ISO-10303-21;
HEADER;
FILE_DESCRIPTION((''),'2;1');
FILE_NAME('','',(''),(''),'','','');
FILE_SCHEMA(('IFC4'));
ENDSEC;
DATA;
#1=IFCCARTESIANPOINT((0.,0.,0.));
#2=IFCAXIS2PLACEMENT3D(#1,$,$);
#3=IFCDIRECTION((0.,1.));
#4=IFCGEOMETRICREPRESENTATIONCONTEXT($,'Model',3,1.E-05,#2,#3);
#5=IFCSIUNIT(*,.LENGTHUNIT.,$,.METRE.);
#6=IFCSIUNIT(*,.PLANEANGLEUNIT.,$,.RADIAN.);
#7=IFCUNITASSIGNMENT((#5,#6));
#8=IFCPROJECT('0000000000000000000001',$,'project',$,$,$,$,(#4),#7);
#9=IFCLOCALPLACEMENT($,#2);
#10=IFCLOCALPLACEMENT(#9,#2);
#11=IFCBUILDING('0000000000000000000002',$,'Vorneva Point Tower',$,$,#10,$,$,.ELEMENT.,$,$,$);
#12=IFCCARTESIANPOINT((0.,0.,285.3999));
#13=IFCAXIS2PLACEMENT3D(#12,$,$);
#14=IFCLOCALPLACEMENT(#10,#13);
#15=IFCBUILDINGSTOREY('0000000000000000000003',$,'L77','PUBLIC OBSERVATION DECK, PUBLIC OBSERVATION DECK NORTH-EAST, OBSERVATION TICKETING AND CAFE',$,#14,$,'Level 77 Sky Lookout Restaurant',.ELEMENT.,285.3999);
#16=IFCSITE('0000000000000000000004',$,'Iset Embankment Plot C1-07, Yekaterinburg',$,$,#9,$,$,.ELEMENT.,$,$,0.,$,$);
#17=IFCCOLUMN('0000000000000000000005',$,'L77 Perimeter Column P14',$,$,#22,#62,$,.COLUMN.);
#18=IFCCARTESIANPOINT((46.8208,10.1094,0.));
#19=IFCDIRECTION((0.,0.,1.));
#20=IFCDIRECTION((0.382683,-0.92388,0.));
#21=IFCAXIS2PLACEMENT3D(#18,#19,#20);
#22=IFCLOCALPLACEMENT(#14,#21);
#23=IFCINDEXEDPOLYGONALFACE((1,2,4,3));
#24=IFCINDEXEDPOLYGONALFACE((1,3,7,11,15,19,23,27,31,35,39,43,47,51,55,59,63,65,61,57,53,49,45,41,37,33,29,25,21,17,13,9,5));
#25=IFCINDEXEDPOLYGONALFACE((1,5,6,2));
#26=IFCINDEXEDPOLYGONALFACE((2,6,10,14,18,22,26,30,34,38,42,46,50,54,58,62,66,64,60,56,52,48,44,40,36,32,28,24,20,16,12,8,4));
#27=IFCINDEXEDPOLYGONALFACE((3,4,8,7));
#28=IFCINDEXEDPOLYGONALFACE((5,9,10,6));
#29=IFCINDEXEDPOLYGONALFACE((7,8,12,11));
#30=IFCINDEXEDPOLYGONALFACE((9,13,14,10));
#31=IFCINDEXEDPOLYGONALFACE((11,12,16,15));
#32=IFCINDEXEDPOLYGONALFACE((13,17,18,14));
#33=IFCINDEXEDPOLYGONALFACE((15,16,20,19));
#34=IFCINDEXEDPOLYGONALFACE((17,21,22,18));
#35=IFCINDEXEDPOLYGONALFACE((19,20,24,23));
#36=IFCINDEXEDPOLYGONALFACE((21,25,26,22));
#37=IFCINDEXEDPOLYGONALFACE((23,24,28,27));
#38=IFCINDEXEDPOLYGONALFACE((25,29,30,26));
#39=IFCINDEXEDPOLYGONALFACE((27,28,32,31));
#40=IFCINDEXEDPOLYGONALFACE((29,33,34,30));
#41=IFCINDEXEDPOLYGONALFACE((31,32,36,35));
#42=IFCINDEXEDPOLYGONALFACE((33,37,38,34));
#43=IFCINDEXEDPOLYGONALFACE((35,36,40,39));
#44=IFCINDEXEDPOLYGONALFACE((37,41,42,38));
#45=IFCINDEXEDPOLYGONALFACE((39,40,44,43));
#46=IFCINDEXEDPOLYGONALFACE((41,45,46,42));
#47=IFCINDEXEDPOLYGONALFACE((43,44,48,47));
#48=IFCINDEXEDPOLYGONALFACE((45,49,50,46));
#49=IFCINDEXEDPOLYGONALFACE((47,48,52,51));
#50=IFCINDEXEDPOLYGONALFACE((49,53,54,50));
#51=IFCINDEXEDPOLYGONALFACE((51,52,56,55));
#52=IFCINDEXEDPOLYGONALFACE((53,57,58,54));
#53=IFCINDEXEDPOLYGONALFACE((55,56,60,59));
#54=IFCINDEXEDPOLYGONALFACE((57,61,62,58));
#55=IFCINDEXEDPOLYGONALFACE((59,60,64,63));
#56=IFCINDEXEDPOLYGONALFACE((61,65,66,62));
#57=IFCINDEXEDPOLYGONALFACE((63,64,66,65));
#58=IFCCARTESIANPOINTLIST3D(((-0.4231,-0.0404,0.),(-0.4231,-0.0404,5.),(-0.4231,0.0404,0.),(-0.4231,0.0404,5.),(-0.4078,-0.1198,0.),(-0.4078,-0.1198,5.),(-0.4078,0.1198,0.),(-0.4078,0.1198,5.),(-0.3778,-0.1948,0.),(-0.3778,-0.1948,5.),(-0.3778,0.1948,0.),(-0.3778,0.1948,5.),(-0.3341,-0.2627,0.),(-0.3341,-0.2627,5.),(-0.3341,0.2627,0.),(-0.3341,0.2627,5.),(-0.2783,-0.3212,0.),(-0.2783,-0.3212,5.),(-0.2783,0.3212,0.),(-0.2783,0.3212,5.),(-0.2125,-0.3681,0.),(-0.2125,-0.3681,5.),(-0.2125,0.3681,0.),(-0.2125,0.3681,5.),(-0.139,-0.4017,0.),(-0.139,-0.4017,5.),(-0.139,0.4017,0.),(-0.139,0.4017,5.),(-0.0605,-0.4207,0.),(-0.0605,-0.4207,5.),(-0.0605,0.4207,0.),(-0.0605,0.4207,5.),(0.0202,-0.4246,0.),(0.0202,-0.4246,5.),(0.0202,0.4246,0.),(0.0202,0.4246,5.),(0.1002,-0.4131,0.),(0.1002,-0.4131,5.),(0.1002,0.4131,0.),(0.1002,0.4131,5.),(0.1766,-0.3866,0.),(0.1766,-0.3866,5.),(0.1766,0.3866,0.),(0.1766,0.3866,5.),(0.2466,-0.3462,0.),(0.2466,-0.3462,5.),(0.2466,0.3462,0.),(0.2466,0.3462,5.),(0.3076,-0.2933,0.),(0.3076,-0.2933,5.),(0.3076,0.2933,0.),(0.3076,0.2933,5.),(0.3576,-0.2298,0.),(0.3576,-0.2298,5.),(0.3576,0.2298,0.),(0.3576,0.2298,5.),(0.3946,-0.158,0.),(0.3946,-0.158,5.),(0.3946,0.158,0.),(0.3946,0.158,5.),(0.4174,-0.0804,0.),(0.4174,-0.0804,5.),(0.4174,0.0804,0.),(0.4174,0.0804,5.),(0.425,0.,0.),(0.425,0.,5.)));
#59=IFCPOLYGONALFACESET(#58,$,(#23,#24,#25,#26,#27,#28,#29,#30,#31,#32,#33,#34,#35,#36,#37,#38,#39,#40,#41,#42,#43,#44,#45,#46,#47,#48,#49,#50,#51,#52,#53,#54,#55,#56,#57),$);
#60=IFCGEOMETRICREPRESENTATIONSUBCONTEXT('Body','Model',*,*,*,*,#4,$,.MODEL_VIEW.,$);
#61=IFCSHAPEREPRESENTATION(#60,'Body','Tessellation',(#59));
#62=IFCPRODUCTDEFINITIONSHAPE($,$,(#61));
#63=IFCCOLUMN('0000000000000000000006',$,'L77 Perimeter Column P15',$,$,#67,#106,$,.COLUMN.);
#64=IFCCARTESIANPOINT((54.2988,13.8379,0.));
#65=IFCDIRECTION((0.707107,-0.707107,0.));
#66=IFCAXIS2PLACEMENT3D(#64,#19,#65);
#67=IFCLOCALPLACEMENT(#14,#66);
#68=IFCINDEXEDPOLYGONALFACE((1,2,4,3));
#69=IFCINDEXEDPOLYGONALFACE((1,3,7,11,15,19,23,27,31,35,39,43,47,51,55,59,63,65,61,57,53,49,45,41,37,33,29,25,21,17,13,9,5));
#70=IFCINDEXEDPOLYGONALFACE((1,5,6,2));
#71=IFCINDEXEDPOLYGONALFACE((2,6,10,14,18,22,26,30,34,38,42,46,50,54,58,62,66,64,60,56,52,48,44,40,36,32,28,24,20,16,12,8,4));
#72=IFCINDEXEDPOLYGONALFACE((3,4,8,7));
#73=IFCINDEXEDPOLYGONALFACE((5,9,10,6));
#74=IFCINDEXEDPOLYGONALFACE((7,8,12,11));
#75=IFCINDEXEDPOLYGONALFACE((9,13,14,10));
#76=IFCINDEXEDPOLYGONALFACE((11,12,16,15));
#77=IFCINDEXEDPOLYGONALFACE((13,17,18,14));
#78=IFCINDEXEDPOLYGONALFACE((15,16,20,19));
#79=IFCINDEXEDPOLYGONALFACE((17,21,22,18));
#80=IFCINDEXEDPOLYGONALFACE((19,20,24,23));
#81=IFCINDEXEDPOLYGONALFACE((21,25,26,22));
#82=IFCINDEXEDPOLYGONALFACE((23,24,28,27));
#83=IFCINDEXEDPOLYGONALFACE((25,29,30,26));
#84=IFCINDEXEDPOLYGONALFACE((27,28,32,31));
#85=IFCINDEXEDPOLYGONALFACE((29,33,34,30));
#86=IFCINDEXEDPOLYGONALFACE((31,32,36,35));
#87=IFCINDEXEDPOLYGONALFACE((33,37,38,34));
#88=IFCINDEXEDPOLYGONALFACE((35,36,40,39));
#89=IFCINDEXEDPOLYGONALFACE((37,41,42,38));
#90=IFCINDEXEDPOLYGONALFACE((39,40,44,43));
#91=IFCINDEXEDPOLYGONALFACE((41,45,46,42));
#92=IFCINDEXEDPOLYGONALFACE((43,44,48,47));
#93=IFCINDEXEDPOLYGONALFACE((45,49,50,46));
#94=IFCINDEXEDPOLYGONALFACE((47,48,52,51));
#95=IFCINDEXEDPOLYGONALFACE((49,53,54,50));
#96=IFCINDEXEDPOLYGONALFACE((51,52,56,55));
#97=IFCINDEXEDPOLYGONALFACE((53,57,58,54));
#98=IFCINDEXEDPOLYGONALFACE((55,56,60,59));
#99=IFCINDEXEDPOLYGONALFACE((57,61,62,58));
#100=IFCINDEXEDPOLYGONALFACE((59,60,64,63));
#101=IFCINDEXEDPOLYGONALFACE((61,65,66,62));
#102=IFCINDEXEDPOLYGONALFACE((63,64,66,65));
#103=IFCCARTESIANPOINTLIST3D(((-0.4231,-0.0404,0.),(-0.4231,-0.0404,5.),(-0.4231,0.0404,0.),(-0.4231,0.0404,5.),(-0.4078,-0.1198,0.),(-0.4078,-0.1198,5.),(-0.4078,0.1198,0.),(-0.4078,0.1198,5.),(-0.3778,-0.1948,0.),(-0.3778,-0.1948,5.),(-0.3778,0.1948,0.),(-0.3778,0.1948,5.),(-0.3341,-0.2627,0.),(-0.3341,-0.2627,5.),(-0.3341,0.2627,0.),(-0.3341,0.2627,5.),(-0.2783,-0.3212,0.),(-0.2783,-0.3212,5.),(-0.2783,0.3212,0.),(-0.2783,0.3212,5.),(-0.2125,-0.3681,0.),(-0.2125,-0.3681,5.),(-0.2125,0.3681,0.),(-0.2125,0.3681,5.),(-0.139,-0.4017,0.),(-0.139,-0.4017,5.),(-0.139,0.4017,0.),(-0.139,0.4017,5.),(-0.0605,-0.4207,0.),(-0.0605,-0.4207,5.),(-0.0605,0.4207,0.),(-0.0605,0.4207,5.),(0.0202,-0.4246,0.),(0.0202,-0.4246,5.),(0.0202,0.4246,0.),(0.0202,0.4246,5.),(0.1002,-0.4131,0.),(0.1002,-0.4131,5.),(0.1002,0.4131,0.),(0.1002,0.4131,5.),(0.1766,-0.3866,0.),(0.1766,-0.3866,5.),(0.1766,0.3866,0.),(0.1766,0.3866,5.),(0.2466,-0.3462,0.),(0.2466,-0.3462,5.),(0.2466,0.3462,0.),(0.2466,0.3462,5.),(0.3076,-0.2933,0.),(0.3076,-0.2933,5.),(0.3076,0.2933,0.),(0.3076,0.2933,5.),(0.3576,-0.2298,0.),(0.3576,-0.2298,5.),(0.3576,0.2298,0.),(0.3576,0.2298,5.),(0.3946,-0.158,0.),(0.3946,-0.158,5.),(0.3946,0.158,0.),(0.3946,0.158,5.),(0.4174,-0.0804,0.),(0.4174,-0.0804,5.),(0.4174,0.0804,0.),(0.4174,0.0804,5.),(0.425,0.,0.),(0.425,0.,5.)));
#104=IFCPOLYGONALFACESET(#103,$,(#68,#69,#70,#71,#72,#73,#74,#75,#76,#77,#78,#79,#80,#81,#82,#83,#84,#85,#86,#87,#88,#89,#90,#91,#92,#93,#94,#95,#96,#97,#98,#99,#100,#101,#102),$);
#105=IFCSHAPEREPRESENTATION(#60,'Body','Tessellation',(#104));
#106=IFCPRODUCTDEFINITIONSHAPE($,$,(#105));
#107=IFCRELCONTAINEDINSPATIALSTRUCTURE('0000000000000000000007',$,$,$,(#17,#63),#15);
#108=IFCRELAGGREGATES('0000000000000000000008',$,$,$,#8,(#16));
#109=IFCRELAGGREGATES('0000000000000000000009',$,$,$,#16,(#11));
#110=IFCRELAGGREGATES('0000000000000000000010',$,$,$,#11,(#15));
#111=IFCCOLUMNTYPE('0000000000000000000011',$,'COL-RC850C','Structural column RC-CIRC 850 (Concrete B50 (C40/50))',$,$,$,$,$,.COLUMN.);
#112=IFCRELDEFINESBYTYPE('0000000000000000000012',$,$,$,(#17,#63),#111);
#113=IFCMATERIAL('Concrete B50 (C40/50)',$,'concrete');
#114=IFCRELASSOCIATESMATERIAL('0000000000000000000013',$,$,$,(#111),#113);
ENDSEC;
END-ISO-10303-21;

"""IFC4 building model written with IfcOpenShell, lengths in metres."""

from ifc_helpers import new_model, si_unit, direction, frame, origin, origin_2d, place, context, subcontext, project, spatial, circle, extrude, material, material_profile, profile_set, type_object, element, save


model = new_model("IFC4")

# Units and contexts
model_context = context("Model", 3, precision=1e-05, world=origin(), true_north=direction((0.0, 1.0)))
body_context = subcontext(model_context, "Body", "Model", "MODEL_VIEW")
ifc_project = project(units=[si_unit("LENGTHUNIT", "METRE"), si_unit("PLANEANGLEUNIT", "RADIAN")], contexts=[model_context])

# Site, building, storey
site_placement = place(None, origin())
site = spatial("IfcSite", under=ifc_project, at=site_placement, Name="Iset Embankment Plot C1-07, Yekaterinburg", CompositionType="ELEMENT", RefElevation=0.0)
building_placement = place(site_placement, origin())
building = spatial("IfcBuilding", under=site, at=building_placement, Name="Vorneva Point Tower", CompositionType="ELEMENT")
storey_placement = place(building_placement, frame((0.0, 0.0, 285.3999)))
storey = spatial("IfcBuildingStorey", under=building, at=storey_placement, Name="L77", Description="PUBLIC OBSERVATION DECK, PUBLIC OBSERVATION DECK NORTH-EAST, OBSERVATION TICKETING AND CAFE", LongName="Level 77 Sky Lookout Restaurant", CompositionType="ELEMENT", Elevation=285.3999)

# Columns
ifc_material_1 = material(Name="Concrete B50 (C40/50)", Category="concrete")
ifc_material_profile_1 = material_profile(ifc_material_1, circle(Radius=0.425, at=origin_2d()), Name="RC-CIRC 850")
ifc_profile_set_1 = profile_set([ifc_material_profile_1], Name="Concrete B50 (C40/50)")
column_type = type_object("IfcColumnType", Name="COL-RC850C", Description="Structural column RC-CIRC 850 (Concrete B50 (C40/50))", PredefinedType="COLUMN", material=ifc_profile_set_1)
for number, where, z_axis, x_axis, name in (
    (1, (46.8208, 10.1094, 0.0), (0.0, 0.0, 1.0), (0.382683, -0.92388, 0.0), "L77 Perimeter Column P14"),
    (2, (54.2988, 13.8379, 0.0), (0.0, 0.0, 1.0), (0.707107, -0.707107, 0.0), "L77 Perimeter Column P15"),
):
    element("IfcColumn", number, at=place(storey_placement, frame(where, z_axis=z_axis, x_axis=x_axis)), inside=storey, type_object=column_type, Name=name, PredefinedType="COLUMN", context=body_context, shape_type="SweptSolid", body=[
        extrude(circle(Radius=0.425, at=origin_2d()), origin(), (0.0, 0.0, 1.0), 5.0),
    ])

save(model, "model.ifc")
